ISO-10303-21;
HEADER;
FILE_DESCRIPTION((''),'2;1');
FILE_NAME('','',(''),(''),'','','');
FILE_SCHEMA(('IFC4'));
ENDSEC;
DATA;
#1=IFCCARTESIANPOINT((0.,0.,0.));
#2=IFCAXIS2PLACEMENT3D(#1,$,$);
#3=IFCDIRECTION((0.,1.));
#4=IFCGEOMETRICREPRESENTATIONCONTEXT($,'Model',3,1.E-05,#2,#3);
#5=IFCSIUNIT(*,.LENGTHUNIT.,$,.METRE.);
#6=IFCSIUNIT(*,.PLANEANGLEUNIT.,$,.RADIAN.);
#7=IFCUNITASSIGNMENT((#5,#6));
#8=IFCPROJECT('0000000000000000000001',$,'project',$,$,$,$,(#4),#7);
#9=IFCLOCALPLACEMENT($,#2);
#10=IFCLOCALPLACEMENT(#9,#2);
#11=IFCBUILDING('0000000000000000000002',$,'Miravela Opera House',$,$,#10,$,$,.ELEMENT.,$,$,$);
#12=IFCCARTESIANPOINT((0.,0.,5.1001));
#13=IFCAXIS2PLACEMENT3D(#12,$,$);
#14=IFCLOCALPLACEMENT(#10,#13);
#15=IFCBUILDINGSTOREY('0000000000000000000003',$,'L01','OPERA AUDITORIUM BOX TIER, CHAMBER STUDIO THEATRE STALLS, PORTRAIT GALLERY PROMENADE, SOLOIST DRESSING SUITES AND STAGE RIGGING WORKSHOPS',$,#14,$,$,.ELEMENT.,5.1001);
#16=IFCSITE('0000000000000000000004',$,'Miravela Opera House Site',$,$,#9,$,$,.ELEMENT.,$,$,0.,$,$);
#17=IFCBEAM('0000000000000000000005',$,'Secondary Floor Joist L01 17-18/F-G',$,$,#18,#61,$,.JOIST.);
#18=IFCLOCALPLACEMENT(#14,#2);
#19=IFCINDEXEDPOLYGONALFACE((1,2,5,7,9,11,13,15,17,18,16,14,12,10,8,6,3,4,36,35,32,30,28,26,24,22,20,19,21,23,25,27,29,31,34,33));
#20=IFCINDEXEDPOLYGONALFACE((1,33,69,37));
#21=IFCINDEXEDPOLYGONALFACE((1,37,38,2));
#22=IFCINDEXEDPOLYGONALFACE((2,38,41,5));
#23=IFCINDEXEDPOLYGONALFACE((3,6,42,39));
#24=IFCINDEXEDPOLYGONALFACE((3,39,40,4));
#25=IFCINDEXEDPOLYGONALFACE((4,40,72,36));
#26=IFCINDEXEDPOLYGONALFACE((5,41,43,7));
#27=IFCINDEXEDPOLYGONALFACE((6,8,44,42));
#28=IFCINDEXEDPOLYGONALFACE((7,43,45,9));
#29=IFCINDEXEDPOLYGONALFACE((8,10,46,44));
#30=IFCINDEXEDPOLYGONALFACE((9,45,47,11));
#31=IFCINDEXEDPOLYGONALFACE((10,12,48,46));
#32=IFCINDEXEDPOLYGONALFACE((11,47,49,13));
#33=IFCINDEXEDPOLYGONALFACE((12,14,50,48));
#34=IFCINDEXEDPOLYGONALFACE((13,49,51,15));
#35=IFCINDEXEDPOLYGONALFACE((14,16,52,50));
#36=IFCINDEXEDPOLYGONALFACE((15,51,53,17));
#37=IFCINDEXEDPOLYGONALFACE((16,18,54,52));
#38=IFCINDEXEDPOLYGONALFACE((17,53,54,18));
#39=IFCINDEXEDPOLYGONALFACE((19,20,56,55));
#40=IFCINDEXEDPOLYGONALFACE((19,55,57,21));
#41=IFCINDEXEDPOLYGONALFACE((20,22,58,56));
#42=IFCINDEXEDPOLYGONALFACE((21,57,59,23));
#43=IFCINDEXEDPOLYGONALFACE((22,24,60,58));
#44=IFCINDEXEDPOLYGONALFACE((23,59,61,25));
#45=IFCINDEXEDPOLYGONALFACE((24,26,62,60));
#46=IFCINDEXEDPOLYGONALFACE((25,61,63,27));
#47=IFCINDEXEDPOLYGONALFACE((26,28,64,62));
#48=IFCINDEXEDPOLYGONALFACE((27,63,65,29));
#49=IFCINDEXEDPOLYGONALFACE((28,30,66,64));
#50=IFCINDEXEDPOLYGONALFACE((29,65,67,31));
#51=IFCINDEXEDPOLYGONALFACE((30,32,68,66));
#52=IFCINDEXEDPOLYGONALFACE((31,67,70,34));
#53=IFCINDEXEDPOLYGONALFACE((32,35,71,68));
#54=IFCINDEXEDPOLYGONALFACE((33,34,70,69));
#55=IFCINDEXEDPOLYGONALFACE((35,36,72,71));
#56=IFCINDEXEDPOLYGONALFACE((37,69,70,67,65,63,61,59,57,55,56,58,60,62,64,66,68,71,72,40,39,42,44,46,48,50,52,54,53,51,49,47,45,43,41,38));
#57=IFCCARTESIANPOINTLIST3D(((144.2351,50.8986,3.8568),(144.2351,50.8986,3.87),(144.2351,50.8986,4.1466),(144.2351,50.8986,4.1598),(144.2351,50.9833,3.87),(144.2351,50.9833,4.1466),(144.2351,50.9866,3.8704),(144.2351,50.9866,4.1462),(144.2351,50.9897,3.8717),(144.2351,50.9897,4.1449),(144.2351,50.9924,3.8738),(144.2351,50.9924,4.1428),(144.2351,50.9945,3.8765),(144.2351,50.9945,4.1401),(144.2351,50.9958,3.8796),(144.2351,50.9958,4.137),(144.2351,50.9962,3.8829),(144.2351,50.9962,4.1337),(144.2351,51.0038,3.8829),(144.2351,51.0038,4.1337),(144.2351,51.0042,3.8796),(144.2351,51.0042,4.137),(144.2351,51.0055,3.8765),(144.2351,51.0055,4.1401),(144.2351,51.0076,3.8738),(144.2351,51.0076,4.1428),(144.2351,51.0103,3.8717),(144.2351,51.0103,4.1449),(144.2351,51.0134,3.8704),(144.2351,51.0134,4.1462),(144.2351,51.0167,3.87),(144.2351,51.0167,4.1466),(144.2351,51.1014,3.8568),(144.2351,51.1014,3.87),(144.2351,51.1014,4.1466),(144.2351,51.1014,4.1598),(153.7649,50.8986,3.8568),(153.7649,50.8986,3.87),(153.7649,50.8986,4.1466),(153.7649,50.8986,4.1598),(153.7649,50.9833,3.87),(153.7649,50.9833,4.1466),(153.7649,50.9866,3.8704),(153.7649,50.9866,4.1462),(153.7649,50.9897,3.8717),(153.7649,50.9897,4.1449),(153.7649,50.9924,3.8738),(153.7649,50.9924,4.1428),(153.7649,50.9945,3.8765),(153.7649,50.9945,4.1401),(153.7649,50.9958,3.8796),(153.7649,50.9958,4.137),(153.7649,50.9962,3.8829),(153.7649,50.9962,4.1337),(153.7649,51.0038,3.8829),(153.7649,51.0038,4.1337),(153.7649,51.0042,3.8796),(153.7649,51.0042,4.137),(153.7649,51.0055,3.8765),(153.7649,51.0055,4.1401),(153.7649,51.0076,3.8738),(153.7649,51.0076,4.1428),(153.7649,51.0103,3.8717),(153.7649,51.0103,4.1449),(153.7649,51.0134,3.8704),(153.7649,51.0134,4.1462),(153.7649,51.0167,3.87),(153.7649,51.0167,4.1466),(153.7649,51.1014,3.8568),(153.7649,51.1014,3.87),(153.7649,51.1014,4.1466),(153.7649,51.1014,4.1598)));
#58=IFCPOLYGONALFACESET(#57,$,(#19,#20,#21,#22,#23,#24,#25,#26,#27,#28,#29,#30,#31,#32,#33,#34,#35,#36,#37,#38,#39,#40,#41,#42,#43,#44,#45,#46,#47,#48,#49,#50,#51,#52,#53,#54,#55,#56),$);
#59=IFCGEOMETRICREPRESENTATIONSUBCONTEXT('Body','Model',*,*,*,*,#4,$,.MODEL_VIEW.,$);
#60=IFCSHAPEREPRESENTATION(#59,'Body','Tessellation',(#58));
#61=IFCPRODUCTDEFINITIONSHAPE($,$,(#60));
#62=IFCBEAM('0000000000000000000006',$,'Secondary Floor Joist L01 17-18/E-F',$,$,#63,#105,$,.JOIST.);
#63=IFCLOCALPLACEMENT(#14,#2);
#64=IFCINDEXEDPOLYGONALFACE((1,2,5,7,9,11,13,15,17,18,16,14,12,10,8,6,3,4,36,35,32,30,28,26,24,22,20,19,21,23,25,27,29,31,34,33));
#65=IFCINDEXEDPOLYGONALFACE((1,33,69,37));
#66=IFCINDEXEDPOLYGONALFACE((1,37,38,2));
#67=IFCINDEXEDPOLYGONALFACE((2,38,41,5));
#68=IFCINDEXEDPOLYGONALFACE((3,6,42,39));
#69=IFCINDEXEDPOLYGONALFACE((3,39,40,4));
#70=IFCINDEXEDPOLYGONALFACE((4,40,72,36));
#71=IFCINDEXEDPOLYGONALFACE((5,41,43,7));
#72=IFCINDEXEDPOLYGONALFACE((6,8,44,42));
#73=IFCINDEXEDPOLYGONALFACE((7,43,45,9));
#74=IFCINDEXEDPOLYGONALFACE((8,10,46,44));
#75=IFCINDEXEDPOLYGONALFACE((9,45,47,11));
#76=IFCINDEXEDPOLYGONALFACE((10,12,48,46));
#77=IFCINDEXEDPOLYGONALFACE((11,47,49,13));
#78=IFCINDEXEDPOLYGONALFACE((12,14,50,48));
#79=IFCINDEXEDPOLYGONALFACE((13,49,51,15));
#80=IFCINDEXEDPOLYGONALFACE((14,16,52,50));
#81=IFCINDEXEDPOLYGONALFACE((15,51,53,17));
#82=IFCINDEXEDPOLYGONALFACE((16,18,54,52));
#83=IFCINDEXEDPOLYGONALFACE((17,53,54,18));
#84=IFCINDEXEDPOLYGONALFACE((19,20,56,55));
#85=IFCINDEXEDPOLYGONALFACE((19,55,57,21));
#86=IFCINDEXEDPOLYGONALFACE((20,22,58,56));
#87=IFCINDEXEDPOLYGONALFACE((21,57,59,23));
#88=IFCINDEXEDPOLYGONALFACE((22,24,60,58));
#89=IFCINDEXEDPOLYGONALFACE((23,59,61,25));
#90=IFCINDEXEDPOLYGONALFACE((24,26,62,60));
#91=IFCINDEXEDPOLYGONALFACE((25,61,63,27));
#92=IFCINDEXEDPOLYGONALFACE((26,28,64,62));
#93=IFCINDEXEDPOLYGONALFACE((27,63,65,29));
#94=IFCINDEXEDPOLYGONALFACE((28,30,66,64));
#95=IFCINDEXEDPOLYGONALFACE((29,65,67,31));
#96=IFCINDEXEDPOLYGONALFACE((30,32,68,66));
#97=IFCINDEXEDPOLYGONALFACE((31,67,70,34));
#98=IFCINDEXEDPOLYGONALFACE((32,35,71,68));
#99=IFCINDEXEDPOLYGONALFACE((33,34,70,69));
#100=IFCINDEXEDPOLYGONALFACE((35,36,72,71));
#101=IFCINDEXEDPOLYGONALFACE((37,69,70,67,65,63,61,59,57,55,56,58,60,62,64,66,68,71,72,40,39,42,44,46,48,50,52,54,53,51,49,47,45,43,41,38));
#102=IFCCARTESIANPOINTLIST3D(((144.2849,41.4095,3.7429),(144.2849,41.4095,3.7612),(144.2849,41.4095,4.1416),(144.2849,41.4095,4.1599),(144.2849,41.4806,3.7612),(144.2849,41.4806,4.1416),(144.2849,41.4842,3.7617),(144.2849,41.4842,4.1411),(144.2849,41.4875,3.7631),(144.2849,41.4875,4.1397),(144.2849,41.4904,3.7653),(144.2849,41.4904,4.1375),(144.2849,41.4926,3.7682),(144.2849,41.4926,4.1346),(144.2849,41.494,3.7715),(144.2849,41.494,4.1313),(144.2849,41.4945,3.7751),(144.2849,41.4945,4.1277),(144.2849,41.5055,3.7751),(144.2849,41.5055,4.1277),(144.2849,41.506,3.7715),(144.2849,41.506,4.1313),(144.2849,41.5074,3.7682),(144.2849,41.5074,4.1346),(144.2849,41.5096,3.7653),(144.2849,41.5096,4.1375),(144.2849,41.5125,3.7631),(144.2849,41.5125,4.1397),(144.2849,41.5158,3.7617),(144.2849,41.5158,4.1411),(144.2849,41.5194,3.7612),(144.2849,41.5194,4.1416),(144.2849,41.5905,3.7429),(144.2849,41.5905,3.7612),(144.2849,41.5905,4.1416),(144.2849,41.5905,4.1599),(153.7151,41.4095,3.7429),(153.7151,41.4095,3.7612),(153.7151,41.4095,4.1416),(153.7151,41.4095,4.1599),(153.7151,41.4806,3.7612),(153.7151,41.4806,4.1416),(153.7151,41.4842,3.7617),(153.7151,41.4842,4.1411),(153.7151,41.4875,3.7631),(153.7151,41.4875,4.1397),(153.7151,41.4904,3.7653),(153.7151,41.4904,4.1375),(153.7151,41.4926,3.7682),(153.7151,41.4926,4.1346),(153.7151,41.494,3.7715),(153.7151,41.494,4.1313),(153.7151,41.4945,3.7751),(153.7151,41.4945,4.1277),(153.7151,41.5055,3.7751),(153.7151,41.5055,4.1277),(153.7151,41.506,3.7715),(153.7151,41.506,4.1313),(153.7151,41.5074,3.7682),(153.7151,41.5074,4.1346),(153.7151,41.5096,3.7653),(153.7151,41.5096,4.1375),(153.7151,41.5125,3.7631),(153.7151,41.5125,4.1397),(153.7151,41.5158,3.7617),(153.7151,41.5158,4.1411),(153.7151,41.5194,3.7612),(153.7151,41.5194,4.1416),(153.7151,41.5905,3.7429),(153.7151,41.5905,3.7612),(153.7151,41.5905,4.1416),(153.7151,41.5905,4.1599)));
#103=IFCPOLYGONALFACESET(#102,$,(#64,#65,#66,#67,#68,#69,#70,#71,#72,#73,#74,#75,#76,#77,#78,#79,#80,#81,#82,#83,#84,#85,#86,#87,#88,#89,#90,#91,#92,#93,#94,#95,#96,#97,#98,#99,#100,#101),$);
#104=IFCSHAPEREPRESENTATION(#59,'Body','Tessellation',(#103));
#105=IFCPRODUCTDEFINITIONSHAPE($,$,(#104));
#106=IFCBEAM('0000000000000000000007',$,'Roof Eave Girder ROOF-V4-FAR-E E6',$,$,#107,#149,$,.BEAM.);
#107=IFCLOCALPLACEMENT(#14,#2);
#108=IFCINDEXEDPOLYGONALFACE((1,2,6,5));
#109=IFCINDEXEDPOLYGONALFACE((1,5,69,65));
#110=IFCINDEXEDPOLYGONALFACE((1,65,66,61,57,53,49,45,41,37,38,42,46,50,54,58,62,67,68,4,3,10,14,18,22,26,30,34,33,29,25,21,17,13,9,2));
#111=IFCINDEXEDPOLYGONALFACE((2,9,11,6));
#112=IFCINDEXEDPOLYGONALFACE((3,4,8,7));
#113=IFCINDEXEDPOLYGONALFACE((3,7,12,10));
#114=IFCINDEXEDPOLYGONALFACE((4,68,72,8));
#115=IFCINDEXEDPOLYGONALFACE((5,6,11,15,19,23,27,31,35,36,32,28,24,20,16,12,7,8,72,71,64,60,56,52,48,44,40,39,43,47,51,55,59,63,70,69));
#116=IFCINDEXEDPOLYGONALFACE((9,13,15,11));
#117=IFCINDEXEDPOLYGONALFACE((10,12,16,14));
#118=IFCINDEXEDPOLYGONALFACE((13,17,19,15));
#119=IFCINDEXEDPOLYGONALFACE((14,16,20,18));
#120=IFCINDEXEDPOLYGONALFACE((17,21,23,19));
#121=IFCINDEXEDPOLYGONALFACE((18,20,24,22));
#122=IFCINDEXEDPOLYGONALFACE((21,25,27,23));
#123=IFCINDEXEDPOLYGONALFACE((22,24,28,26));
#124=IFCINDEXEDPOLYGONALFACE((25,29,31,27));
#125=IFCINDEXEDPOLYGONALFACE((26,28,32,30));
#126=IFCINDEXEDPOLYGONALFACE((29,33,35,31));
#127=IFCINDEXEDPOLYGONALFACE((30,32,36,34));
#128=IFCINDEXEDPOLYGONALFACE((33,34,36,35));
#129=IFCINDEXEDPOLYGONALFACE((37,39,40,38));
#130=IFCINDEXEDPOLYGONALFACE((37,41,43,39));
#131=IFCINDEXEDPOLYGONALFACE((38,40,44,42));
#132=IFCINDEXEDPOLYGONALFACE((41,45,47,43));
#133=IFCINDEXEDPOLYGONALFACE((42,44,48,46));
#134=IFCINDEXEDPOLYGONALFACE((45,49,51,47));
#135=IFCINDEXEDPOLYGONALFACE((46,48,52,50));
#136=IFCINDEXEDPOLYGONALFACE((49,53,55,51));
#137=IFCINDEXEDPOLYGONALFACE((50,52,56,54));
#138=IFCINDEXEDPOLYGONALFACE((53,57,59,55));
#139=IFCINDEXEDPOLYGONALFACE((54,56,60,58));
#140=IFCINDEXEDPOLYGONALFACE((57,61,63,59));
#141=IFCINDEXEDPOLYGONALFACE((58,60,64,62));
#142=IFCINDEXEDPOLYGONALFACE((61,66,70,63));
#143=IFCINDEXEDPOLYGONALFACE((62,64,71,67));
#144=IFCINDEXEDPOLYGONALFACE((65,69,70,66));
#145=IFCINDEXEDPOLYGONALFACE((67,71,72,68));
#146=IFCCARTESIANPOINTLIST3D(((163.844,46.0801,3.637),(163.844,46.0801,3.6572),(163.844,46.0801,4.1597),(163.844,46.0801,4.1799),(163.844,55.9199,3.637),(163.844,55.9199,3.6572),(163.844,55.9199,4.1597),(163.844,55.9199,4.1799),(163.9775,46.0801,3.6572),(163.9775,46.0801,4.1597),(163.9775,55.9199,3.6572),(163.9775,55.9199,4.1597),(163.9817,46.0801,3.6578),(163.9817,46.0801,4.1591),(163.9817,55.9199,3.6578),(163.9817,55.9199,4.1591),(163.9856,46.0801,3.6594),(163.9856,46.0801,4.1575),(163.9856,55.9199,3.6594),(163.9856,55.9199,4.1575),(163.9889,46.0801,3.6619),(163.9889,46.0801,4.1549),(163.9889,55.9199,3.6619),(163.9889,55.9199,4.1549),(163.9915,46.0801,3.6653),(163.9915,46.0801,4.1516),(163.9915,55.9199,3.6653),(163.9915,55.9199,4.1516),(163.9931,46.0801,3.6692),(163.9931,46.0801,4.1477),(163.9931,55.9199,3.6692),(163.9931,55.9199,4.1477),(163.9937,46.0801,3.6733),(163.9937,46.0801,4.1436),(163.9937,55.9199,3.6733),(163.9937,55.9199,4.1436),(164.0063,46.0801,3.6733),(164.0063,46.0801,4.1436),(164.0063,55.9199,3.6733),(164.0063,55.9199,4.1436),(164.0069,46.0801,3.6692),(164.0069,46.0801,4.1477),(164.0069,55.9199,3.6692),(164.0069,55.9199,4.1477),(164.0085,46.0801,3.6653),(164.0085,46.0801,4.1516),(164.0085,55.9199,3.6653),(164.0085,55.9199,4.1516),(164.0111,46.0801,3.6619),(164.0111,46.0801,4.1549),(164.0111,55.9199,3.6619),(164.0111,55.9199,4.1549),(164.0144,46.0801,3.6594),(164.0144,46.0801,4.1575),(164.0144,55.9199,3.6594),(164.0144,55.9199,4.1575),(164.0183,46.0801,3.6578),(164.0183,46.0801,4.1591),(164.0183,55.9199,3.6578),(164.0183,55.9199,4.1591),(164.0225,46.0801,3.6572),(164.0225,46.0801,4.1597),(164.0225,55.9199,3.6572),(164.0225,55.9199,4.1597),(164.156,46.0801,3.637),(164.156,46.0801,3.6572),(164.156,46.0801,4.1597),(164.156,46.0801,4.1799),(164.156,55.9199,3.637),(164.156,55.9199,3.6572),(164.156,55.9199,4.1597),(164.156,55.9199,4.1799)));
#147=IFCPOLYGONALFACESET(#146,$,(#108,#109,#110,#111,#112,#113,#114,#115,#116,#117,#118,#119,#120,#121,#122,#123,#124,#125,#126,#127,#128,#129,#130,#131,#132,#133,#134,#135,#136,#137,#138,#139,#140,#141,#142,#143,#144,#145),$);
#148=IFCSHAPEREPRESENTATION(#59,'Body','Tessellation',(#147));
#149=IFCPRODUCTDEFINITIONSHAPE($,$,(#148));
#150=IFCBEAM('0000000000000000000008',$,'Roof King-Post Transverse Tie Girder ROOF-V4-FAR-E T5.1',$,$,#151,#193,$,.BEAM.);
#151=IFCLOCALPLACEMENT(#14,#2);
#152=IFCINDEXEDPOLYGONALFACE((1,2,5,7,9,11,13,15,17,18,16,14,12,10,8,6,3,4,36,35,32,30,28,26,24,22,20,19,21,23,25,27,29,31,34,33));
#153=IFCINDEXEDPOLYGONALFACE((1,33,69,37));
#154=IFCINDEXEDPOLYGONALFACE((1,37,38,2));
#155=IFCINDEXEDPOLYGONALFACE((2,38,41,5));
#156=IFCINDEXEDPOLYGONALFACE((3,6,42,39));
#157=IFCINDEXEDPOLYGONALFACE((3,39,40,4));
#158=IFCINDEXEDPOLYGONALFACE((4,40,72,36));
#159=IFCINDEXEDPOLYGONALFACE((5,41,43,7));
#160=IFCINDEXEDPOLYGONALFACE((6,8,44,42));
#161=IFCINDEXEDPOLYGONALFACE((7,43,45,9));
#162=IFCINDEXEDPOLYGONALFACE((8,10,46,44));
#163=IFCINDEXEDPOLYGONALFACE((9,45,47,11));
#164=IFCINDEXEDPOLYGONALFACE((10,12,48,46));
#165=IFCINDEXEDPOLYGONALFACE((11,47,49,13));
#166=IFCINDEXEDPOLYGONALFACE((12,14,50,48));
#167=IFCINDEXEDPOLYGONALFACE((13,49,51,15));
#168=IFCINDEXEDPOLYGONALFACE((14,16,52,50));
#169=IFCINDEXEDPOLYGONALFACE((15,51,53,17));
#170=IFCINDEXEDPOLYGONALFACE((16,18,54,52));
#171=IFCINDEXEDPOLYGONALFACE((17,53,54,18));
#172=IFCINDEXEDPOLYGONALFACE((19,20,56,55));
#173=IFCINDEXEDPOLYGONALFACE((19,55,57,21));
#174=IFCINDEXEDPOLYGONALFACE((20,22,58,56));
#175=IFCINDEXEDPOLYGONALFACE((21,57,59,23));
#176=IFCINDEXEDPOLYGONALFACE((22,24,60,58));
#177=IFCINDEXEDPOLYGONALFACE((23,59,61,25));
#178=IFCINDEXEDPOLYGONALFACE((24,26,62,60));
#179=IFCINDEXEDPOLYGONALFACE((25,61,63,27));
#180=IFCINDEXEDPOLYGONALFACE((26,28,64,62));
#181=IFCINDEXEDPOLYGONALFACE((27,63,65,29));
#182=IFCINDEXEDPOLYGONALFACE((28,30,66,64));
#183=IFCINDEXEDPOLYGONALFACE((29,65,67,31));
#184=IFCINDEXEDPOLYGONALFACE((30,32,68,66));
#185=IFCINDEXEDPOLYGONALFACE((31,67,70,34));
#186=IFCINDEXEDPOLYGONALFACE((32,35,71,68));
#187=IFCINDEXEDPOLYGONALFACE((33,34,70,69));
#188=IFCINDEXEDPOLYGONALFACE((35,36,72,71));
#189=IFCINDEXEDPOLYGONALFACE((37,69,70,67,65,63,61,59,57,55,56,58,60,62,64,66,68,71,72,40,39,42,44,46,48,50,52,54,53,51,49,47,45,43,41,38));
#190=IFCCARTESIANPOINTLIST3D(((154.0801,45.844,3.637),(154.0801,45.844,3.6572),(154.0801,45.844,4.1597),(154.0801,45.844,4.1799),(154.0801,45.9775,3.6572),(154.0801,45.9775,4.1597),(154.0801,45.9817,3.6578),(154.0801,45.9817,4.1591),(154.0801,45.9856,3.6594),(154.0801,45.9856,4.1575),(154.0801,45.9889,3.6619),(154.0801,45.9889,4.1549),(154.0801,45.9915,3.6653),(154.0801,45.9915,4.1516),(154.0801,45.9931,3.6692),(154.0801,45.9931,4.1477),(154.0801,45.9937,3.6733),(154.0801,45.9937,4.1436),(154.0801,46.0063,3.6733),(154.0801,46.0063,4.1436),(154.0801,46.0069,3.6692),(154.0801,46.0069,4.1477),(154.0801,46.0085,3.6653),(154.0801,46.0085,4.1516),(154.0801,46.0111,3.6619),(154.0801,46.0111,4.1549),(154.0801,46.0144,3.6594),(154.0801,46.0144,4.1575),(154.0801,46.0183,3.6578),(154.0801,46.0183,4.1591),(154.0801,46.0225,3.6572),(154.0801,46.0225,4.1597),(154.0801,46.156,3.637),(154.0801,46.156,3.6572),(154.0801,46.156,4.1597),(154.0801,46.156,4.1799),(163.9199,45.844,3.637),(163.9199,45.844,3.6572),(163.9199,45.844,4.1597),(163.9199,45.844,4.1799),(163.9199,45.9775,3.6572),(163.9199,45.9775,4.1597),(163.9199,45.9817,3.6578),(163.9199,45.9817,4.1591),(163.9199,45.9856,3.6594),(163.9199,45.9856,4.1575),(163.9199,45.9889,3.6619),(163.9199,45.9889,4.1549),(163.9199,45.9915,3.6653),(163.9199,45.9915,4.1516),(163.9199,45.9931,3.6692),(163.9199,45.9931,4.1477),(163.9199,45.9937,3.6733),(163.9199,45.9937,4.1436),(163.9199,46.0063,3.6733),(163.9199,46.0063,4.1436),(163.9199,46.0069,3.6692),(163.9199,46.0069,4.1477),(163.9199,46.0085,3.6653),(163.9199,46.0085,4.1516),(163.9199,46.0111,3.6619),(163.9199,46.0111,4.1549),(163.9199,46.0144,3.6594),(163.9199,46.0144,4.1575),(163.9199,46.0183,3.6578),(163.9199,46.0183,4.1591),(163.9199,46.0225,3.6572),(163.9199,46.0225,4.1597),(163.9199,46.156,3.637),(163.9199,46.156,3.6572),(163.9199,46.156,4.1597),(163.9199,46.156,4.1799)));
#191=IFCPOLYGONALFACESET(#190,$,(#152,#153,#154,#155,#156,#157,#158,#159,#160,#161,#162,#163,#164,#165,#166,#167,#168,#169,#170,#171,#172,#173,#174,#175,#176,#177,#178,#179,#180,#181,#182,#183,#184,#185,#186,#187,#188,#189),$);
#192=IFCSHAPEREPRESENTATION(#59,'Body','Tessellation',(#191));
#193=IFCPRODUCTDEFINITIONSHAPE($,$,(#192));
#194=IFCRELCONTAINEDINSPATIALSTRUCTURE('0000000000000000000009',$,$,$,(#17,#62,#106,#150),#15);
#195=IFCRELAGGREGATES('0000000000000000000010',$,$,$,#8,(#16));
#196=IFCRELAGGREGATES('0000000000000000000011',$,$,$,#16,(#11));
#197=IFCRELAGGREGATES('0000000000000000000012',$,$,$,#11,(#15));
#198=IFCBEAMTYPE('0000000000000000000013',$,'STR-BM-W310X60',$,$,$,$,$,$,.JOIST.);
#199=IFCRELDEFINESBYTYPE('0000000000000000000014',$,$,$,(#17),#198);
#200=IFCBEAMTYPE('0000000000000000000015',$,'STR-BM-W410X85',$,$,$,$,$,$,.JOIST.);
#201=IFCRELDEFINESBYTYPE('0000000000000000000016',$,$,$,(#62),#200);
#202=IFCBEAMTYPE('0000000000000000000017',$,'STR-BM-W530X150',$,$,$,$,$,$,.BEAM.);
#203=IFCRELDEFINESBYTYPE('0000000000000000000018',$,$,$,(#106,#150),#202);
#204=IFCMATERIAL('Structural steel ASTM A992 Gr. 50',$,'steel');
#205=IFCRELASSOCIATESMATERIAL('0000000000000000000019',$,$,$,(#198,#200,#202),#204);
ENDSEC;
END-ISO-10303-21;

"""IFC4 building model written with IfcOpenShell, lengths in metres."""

from ifc_helpers import new_model, si_unit, direction, frame, origin, origin_2d, place, context, subcontext, project, spatial, i_section, extrude, material, material_profile, profile_set, type_object, element, save


model = new_model("IFC4")

# Units and contexts
model_context = context("Model", 3, precision=1e-05, world=origin(), true_north=direction((0.0, 1.0)))
body_context = subcontext(model_context, "Body", "Model", "MODEL_VIEW")
ifc_project = project(units=[si_unit("LENGTHUNIT", "METRE"), si_unit("PLANEANGLEUNIT", "RADIAN")], contexts=[model_context])

# Site, building, storey
site_placement = place(None, origin())
site = spatial("IfcSite", under=ifc_project, at=site_placement, Name="Miravela Opera House Site", CompositionType="ELEMENT", RefElevation=0.0)
building_placement = place(site_placement, origin())
building = spatial("IfcBuilding", under=site, at=building_placement, Name="Miravela Opera House", CompositionType="ELEMENT")
storey_placement = place(building_placement, frame((0.0, 0.0, 5.1001)))
storey = spatial("IfcBuildingStorey", under=building, at=storey_placement, Name="L01", Description="OPERA AUDITORIUM BOX TIER, CHAMBER STUDIO THEATRE STALLS, PORTRAIT GALLERY PROMENADE, SOLOIST DRESSING SUITES AND STAGE RIGGING WORKSHOPS", CompositionType="ELEMENT", Elevation=5.1001)

# Beams
ifc_material_1 = material(Name="Structural steel ASTM A992 Gr. 50", Category="steel")
ifc_material_profile_1 = material_profile(ifc_material_1, i_section(OverallWidth=0.2029, OverallDepth=0.303, WebThickness=0.0076, FlangeThickness=0.0132, FilletRadius=0.0129, at=origin_2d()), Name="W310X60")
ifc_profile_set_1 = profile_set([ifc_material_profile_1])
beam_type_1 = type_object("IfcBeamType", Name="STR-BM-W310X60", PredefinedType="JOIST", material=ifc_profile_set_1)
beam_1_placement = place(storey_placement, frame((144.2351, 51.0, 4.0083), z_axis=(1.0, 0.0, 0.0), x_axis=(0.0, 1.0, 0.0)))
element("IfcBeam", 1, at=beam_1_placement, inside=storey, type_object=beam_type_1, Name="Secondary Floor Joist L01 17-18/F-G", PredefinedType="JOIST", context=body_context, shape_type="SweptSolid", body=[
    extrude(i_section(OverallWidth=0.2029, OverallDepth=0.303, WebThickness=0.0076, FlangeThickness=0.0132, FilletRadius=0.0129, at=origin_2d()), origin(), (0.0, 0.0, 1.0), 9.5298),
])
ifc_material_profile_2 = material_profile(ifc_material_1, i_section(OverallWidth=0.1809, OverallDepth=0.417, WebThickness=0.011, FlangeThickness=0.0183, FilletRadius=0.0139, at=origin_2d()), Name="W410X85")
ifc_profile_set_2 = profile_set([ifc_material_profile_2])
beam_type_2 = type_object("IfcBeamType", Name="STR-BM-W410X85", PredefinedType="JOIST", material=ifc_profile_set_2)
beam_2_placement = place(storey_placement, frame((144.2849, 41.5, 3.9514), z_axis=(1.0, 0.0, 0.0), x_axis=(0.0, 1.0, 0.0)))
element("IfcBeam", 2, at=beam_2_placement, inside=storey, type_object=beam_type_2, Name="Secondary Floor Joist L01 17-18/E-F", PredefinedType="JOIST", context=body_context, shape_type="SweptSolid", body=[
    extrude(i_section(OverallWidth=0.1809, OverallDepth=0.417, WebThickness=0.011, FlangeThickness=0.0183, FilletRadius=0.0139, at=origin_2d()), origin(), (0.0, 0.0, 1.0), 9.4302),
])
ifc_material_profile_3 = material_profile(ifc_material_1, i_section(OverallWidth=0.312, OverallDepth=0.543, WebThickness=0.0127, FlangeThickness=0.0203, FilletRadius=0.0161, at=origin_2d()), Name="W530X150")
ifc_profile_set_3 = profile_set([ifc_material_profile_3])
beam_type_3 = type_object("IfcBeamType", Name="STR-BM-W530X150", PredefinedType="BEAM", material=ifc_profile_set_3)
for number, where, z_axis, x_axis, name in (
    (3, (164.0, 46.0801, 3.9084), (0.0, 1.0, 0.0), (-1.0, 0.0, 0.0), "Roof Eave Girder ROOF-V4-FAR-E E6"),
    (4, (154.0801, 46.0, 3.9084), (1.0, 0.0, 0.0), (0.0, 1.0, 0.0), "Roof King-Post Transverse Tie Girder ROOF-V4-FAR-E T5.1"),
):
    element("IfcBeam", number, at=place(storey_placement, frame(where, z_axis=z_axis, x_axis=x_axis)), inside=storey, type_object=beam_type_3, Name=name, PredefinedType="BEAM", context=body_context, shape_type="SweptSolid", body=[
        extrude(i_section(OverallWidth=0.312, OverallDepth=0.543, WebThickness=0.0127, FlangeThickness=0.0203, FilletRadius=0.0161, at=origin_2d()), origin(), (0.0, 0.0, 1.0), 9.8398),
    ])

save(model, "model.ifc")
